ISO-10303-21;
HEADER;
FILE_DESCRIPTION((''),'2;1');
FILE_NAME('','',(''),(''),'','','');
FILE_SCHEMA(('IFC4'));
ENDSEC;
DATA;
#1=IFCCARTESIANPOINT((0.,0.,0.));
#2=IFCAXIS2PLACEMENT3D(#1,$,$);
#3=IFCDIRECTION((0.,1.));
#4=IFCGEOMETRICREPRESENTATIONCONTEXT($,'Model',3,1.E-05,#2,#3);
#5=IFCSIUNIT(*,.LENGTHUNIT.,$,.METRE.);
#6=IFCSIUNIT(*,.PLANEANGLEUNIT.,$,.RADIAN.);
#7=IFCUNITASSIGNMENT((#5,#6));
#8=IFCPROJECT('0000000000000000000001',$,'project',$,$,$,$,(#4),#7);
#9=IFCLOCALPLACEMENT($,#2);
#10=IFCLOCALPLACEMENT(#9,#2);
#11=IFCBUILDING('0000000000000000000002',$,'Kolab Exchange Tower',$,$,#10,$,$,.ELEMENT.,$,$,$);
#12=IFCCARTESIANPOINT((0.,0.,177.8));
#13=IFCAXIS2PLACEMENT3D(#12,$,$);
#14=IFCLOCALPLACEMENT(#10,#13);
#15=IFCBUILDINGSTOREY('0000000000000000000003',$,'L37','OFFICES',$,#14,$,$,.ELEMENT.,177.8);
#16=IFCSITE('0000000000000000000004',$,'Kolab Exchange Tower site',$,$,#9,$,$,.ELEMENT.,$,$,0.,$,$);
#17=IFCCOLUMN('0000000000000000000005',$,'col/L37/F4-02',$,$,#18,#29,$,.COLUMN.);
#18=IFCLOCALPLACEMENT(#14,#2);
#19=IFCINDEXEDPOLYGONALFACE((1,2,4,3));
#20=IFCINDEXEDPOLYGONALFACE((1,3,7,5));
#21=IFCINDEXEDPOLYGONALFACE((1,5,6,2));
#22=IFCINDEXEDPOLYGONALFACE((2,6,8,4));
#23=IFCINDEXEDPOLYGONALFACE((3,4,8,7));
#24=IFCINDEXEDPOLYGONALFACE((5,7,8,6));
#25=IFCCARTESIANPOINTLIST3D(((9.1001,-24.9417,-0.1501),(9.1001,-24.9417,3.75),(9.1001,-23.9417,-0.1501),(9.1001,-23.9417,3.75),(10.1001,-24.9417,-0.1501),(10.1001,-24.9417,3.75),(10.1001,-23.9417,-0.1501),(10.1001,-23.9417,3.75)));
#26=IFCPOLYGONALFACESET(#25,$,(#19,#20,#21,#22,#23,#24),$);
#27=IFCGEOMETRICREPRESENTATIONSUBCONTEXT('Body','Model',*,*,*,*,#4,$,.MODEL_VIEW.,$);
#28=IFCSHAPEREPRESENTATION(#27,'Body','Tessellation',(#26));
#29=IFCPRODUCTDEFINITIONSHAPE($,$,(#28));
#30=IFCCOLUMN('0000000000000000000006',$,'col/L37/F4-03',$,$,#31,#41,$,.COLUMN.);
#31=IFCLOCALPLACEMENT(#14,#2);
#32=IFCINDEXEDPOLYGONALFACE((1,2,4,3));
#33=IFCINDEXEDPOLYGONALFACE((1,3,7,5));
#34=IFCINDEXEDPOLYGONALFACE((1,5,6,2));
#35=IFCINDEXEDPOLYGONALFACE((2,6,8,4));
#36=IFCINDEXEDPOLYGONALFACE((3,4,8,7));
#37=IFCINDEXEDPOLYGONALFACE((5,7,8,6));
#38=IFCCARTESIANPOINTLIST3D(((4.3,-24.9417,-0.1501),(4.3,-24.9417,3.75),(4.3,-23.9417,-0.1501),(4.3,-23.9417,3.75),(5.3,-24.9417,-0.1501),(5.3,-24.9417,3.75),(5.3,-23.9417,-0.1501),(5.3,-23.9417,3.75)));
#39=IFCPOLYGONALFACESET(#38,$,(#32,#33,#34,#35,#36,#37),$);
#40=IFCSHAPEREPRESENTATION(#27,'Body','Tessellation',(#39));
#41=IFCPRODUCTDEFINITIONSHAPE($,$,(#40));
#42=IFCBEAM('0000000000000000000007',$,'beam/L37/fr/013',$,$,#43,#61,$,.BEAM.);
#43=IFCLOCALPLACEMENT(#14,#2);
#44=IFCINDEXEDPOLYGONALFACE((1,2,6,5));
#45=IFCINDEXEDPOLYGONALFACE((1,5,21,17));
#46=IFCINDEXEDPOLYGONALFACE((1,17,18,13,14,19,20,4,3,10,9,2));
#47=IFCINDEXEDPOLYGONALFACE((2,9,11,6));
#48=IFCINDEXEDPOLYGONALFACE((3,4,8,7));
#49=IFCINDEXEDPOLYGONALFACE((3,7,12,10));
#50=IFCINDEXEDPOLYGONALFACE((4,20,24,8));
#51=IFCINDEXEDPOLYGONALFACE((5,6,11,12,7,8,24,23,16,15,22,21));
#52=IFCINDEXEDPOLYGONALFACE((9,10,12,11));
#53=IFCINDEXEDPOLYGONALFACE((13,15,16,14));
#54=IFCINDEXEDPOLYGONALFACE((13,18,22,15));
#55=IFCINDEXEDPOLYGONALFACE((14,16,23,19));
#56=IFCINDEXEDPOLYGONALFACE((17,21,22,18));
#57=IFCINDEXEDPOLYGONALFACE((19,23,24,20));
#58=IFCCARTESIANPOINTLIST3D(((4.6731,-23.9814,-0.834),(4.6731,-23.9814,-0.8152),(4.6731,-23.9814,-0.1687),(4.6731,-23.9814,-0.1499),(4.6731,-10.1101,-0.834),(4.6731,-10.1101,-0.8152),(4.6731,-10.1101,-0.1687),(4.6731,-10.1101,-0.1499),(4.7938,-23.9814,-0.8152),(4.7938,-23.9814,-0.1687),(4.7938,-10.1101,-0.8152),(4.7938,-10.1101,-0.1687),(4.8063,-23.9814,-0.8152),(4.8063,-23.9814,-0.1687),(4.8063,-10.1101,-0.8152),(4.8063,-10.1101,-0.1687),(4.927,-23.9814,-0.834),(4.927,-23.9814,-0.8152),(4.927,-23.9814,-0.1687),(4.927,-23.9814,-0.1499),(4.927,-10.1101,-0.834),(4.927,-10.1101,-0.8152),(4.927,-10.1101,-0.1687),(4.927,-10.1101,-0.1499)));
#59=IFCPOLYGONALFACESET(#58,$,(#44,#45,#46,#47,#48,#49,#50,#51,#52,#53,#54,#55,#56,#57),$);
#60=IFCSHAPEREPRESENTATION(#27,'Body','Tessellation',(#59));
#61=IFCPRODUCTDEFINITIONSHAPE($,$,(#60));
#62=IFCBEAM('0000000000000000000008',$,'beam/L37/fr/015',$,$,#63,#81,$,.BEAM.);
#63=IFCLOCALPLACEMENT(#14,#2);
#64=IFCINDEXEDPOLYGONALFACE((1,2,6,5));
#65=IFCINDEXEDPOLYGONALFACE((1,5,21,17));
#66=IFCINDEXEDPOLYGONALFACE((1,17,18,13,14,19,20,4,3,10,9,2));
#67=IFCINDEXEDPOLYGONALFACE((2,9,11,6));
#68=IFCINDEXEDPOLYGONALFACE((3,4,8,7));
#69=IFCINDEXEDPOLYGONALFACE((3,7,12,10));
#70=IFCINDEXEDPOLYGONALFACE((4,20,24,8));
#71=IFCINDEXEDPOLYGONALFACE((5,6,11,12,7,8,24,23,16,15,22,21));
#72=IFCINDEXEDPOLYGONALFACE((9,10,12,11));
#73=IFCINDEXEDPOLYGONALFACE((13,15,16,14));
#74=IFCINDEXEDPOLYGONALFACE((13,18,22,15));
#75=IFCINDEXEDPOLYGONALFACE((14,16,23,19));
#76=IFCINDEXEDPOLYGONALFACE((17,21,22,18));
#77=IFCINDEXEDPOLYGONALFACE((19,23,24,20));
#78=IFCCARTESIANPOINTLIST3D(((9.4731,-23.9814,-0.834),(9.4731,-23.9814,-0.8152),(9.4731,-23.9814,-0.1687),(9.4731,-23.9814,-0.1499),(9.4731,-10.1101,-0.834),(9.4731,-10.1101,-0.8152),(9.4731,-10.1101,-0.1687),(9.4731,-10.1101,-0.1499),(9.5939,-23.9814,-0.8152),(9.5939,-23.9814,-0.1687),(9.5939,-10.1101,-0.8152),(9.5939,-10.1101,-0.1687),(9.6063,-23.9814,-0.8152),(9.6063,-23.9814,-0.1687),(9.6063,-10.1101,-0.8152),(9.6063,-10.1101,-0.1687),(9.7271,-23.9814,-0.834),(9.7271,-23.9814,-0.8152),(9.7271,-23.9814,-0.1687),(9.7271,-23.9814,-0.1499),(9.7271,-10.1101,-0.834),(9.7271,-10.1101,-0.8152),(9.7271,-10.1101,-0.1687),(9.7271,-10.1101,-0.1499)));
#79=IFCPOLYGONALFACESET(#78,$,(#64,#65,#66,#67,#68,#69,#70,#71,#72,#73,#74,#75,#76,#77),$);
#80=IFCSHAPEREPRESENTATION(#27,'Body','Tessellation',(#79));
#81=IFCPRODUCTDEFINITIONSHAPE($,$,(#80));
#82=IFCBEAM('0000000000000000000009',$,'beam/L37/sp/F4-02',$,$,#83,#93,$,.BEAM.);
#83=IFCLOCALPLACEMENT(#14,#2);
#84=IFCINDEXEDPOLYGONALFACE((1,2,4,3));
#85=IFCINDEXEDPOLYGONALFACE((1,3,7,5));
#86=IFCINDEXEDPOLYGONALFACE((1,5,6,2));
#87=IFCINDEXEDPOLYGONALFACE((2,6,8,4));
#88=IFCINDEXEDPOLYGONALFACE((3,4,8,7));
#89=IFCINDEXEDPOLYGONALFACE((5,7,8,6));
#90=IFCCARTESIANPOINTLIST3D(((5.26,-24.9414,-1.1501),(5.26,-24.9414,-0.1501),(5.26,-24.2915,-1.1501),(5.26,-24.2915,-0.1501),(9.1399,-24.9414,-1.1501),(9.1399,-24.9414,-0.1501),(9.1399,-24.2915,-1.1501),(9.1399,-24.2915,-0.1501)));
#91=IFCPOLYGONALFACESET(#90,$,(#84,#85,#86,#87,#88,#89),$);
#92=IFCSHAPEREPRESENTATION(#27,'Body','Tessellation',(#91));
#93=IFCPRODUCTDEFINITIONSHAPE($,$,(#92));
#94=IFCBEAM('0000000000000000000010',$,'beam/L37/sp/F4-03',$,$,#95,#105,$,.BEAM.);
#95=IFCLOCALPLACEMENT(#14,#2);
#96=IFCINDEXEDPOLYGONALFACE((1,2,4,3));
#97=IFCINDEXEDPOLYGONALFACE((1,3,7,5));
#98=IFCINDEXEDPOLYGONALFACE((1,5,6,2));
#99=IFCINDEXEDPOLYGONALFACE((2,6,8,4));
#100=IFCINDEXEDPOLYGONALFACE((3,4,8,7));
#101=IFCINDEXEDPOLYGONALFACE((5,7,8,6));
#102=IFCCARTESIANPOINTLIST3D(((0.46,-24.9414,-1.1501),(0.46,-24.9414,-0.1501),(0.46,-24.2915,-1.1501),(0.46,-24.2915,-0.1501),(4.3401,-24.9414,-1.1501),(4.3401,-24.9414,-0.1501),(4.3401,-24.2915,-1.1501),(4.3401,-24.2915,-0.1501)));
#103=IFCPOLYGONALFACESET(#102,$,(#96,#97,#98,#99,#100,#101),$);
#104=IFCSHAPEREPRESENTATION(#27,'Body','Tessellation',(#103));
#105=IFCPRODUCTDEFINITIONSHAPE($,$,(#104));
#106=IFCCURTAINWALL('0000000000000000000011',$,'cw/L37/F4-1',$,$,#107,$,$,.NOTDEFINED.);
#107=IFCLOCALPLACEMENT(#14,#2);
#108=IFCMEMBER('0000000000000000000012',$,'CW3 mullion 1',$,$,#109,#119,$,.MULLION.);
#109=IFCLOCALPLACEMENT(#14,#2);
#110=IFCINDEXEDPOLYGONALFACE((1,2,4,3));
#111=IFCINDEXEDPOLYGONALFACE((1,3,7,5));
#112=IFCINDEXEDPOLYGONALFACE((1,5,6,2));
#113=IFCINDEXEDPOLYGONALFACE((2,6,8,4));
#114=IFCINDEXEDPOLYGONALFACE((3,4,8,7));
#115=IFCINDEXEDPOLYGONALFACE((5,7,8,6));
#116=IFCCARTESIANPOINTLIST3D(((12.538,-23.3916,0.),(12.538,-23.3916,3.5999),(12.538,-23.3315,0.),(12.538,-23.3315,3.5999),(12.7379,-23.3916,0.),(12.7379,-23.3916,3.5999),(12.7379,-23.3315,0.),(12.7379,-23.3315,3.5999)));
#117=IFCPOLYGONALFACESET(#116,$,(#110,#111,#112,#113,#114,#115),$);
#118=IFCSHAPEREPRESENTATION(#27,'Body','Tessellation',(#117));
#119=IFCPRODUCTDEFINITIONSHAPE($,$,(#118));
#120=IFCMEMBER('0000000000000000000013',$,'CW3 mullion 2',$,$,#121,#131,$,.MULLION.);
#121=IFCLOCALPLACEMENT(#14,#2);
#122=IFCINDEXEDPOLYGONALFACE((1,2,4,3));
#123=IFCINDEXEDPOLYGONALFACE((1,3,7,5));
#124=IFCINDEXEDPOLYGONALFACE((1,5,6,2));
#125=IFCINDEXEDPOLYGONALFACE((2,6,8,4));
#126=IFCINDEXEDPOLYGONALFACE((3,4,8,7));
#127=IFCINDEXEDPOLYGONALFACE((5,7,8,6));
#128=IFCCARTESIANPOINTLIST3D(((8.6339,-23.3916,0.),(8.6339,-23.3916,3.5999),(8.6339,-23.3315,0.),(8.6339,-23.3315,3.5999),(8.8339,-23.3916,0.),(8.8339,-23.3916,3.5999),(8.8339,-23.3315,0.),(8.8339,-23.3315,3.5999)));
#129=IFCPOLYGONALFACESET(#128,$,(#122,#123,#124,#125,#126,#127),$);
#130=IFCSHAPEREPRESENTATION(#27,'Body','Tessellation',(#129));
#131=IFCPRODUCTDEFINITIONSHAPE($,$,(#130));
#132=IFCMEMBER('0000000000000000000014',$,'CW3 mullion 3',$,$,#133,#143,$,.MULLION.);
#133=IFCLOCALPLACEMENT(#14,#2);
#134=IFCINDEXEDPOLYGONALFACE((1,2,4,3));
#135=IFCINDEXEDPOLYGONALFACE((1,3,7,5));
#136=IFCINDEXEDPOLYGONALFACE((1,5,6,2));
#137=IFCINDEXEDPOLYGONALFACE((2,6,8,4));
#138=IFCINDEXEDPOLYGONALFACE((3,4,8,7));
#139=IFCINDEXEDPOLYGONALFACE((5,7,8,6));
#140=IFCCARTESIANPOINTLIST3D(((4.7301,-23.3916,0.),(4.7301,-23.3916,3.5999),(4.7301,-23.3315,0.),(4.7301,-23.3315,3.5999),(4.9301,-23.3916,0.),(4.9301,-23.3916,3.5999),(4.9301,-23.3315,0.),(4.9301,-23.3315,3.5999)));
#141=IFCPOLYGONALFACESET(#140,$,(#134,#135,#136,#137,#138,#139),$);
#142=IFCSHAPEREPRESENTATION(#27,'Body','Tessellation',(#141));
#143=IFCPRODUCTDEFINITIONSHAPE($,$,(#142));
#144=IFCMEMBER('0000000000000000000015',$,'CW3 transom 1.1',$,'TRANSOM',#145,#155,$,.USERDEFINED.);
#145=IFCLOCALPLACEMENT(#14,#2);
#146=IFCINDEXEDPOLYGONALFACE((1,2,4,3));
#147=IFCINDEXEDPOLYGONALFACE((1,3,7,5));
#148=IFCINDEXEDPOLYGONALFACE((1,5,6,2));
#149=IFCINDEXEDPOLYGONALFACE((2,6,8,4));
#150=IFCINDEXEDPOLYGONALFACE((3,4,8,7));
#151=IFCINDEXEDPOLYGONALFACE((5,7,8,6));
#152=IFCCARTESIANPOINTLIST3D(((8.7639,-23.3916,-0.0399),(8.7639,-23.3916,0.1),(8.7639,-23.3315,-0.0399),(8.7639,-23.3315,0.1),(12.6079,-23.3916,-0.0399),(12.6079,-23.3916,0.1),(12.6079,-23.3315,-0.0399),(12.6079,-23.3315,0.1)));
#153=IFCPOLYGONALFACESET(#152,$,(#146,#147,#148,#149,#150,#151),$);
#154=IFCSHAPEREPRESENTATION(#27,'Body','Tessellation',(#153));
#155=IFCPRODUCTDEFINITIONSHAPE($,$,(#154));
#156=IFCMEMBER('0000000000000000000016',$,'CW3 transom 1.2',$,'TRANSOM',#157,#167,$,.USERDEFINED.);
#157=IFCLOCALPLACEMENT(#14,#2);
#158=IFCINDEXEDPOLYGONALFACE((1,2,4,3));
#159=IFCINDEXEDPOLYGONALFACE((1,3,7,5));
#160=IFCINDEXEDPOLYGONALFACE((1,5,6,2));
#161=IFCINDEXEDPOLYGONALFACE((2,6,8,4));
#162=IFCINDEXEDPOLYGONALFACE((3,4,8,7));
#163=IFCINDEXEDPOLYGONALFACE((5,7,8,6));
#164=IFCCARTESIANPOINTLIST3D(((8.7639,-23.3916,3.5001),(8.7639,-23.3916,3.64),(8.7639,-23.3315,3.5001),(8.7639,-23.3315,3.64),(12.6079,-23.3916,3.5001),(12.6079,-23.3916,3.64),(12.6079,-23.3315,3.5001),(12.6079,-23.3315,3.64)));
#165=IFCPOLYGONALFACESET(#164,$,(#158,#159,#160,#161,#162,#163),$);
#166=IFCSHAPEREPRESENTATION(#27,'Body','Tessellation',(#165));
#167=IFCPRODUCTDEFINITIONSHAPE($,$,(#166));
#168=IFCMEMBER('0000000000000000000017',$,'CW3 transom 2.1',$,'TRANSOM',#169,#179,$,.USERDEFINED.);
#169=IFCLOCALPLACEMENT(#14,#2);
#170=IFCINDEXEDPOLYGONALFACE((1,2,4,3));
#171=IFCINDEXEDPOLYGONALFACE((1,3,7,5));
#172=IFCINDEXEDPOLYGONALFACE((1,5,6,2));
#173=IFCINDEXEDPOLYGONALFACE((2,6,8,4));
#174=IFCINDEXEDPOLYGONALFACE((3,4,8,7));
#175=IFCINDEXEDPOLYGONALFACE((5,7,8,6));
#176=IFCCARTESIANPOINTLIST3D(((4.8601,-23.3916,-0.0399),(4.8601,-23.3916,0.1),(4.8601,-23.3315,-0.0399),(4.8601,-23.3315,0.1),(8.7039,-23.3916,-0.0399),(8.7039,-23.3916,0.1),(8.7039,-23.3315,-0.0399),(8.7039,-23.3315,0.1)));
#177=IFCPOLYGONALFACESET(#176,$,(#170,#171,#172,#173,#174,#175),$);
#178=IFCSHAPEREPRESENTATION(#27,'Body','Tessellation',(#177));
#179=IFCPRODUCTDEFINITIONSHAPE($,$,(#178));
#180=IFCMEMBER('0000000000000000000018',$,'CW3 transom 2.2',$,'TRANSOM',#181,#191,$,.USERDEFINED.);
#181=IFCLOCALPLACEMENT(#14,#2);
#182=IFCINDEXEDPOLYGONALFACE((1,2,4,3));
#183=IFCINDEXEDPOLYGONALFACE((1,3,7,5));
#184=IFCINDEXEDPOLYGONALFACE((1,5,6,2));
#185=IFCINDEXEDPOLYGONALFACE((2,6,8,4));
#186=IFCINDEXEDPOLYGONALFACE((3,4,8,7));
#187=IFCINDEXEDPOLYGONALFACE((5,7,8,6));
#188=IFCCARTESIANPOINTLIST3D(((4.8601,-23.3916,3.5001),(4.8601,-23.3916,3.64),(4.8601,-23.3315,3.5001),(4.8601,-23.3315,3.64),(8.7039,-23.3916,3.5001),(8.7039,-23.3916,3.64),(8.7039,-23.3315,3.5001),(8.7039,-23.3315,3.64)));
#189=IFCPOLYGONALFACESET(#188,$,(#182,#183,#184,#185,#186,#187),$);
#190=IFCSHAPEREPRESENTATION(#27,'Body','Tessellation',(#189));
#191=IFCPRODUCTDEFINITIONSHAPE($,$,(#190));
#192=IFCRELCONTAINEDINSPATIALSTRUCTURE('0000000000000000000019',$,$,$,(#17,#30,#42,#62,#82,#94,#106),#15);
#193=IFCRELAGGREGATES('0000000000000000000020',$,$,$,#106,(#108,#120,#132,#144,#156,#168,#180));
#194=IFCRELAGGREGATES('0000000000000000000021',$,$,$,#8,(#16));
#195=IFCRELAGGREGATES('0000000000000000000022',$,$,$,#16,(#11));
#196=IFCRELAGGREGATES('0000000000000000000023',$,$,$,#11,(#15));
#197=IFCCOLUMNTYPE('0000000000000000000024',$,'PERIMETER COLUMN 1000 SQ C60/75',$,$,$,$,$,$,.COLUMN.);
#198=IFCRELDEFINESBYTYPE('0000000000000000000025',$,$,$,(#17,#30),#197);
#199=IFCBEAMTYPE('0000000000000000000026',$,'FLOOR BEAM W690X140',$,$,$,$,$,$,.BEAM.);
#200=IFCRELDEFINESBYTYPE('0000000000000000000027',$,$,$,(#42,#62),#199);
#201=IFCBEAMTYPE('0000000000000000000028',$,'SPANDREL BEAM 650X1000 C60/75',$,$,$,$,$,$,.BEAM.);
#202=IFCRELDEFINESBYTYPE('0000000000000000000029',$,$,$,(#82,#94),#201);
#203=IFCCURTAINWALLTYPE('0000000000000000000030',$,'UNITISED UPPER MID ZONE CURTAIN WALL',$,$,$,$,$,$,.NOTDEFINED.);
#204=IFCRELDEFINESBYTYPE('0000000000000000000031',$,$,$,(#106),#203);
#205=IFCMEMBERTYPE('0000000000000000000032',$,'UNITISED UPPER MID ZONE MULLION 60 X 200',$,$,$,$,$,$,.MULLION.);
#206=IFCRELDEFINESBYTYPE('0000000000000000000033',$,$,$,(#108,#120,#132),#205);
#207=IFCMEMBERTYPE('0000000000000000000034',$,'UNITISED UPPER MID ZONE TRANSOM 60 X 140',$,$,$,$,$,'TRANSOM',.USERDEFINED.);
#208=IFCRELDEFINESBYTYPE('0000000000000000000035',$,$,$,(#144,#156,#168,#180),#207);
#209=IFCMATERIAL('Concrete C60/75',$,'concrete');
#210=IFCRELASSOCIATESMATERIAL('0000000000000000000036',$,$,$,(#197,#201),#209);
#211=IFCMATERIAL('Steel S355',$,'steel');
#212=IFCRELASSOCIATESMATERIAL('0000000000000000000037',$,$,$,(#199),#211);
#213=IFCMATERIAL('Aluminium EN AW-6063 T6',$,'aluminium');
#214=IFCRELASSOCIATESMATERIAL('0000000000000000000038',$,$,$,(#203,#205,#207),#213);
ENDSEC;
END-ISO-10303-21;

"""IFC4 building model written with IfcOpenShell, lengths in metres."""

from ifc_helpers import new_model, si_unit, direction, frame, origin, origin_2d, place, context, subcontext, project, spatial, rectangle, i_section, extrude, material, material_profile, profile_set, type_object, element, aggregate, save


model = new_model("IFC4")

# Units and contexts
model_context = context("Model", 3, precision=1e-05, world=origin(), true_north=direction((0.0, 1.0)))
body_context = subcontext(model_context, "Body", "Model", "MODEL_VIEW")
ifc_project = project(units=[si_unit("LENGTHUNIT", "METRE"), si_unit("PLANEANGLEUNIT", "RADIAN")], contexts=[model_context])

# Site, building, storey
site_placement = place(None, origin())
site = spatial("IfcSite", under=ifc_project, at=site_placement, Name="Kolab Exchange Tower site", CompositionType="ELEMENT", RefElevation=0.0)
building_placement = place(site_placement, origin())
building = spatial("IfcBuilding", under=site, at=building_placement, Name="Kolab Exchange Tower", CompositionType="ELEMENT")
storey_placement = place(building_placement, frame((0.0, 0.0, 177.8)))
storey = spatial("IfcBuildingStorey", under=building, at=storey_placement, Name="L37", Description="OFFICES", CompositionType="ELEMENT", Elevation=177.8)

# Columns
ifc_material_1 = material(Name="Concrete C60/75", Category="concrete")
ifc_material_profile_1 = material_profile(ifc_material_1, rectangle(XDim=1.0, YDim=1.0, at=origin_2d()), Name="RC1000")
ifc_profile_set_1 = profile_set([ifc_material_profile_1], Name="Concrete C60/75")
column_type = type_object("IfcColumnType", Name="PERIMETER COLUMN 1000 SQ C60/75", PredefinedType="COLUMN", material=ifc_profile_set_1)
for number, where, z_axis, x_axis, name in (
    (1, (9.6001, -24.4417, -0.1501), (0.0, 0.0, 1.0), (1.0, 0.0, 0.0), "col/L37/F4-02"),
    (2, (4.8, -24.4417, -0.1501), (0.0, 0.0, 1.0), (1.0, 0.0, 0.0), "col/L37/F4-03"),
):
    element("IfcColumn", number, at=place(storey_placement, frame(where, z_axis=z_axis, x_axis=x_axis)), inside=storey, type_object=column_type, Name=name, PredefinedType="COLUMN", context=body_context, shape_type="SweptSolid", body=[
        extrude(rectangle(XDim=1.0, YDim=1.0, at=origin_2d()), origin(), (0.0, 0.0, 1.0), 3.9001),
    ])

# Beams
ifc_material_2 = material(Name="Steel S355", Category="steel")
ifc_material_profile_2 = material_profile(ifc_material_2, i_section(OverallWidth=0.2539, OverallDepth=0.6841, WebThickness=0.0125, FlangeThickness=0.0188, at=origin_2d()), Name="W690X140")
ifc_profile_set_2 = profile_set([ifc_material_profile_2], Name="Steel S355")
beam_type_1 = type_object("IfcBeamType", Name="FLOOR BEAM W690X140", PredefinedType="BEAM", material=ifc_profile_set_2)
for number, where, z_axis, x_axis, name in (
    (3, (4.8, -23.9814, -0.4919), (0.0, 1.0, 0.0), (-1.0, 0.0, 0.0), "beam/L37/fr/013"),
    (4, (9.6001, -23.9814, -0.4919), (0.0, 1.0, 0.0), (-1.0, 0.0, 0.0), "beam/L37/fr/015"),
):
    element("IfcBeam", number, at=place(storey_placement, frame(where, z_axis=z_axis, x_axis=x_axis)), inside=storey, type_object=beam_type_1, Name=name, PredefinedType="BEAM", context=body_context, shape_type="SweptSolid", body=[
        extrude(i_section(OverallWidth=0.2539, OverallDepth=0.6841, WebThickness=0.0125, FlangeThickness=0.0188, at=origin_2d()), origin(), (0.0, 0.0, 1.0), 13.8713),
    ])
ifc_material_profile_3 = material_profile(ifc_material_1, rectangle(XDim=0.6499, YDim=1.0, at=origin_2d()), Name="RC650X1000")
ifc_profile_set_3 = profile_set([ifc_material_profile_3], Name="Concrete C60/75")
beam_type_2 = type_object("IfcBeamType", Name="SPANDREL BEAM 650X1000 C60/75", PredefinedType="BEAM", material=ifc_profile_set_3)
beam_1_placement = place(storey_placement, frame((9.1399, -24.6165, -0.6501), z_axis=(-1.0, 0.0, 0.0), x_axis=(0.0, -1.0, 0.0)))
element("IfcBeam", 5, at=beam_1_placement, inside=storey, type_object=beam_type_2, Name="beam/L37/sp/F4-02", PredefinedType="BEAM", context=body_context, shape_type="SweptSolid", body=[
    extrude(rectangle(XDim=0.6499, YDim=1.0, at=origin_2d()), origin(), (0.0, 0.0, 1.0), 3.8799),
])
beam_2_placement = place(storey_placement, frame((4.3401, -24.6165, -0.6501), z_axis=(-1.0, 0.0, 0.0), x_axis=(0.0, -1.0, 0.0)))
element("IfcBeam", 6, at=beam_2_placement, inside=storey, type_object=beam_type_2, Name="beam/L37/sp/F4-03", PredefinedType="BEAM", context=body_context, shape_type="SweptSolid", body=[
    extrude(rectangle(XDim=0.6499, YDim=1.0, at=origin_2d()), origin(), (0.0, 0.0, 1.0), 3.8801),
])

# Curtain wall, members
ifc_material_3 = material(Name="Aluminium EN AW-6063 T6", Category="aluminium")
curtain_wall_type = type_object("IfcCurtainWallType", Name="UNITISED UPPER MID ZONE CURTAIN WALL", PredefinedType="NOTDEFINED", material=ifc_material_3)
curtain_wall_placement = place(storey_placement, origin())
curtain_wall = element("IfcCurtainWall", 7, at=curtain_wall_placement, inside=storey, type_object=curtain_wall_type, Name="cw/L37/F4-1", PredefinedType="NOTDEFINED")
ifc_material_profile_4 = material_profile(ifc_material_3, rectangle(XDim=0.0601, YDim=0.2, at=origin_2d()), Name="RECT 60X200")
ifc_profile_set_4 = profile_set([ifc_material_profile_4], Name="Aluminium EN AW-6063 T6")
member_type_1 = type_object("IfcMemberType", Name="UNITISED UPPER MID ZONE MULLION 60 X 200", PredefinedType="MULLION", material=ifc_profile_set_4)
member_1_placement = place(storey_placement, frame((12.6379, -23.3616, 0.0), z_axis=(0.0, 0.0, 1.0), x_axis=(0.0, -1.0, 0.0)))
member_1 = element("IfcMember", 8, at=member_1_placement, type_object=member_type_1, Name="CW3 mullion 1", PredefinedType="MULLION", context=body_context, shape_type="SweptSolid", body=[
    extrude(rectangle(XDim=0.0601, YDim=0.2, at=origin_2d()), origin(), (0.0, 0.0, 1.0), 3.5999),
])
member_2_placement = place(storey_placement, frame((8.7339, -23.3616, 0.0), z_axis=(0.0, 0.0, 1.0), x_axis=(0.0, -1.0, 0.0)))
member_2 = element("IfcMember", 9, at=member_2_placement, type_object=member_type_1, Name="CW3 mullion 2", PredefinedType="MULLION", context=body_context, shape_type="SweptSolid", body=[
    extrude(rectangle(XDim=0.0601, YDim=0.2, at=origin_2d()), origin(), (0.0, 0.0, 1.0), 3.5999),
])
member_3_placement = place(storey_placement, frame((4.8301, -23.3616, 0.0), z_axis=(0.0, 0.0, 1.0), x_axis=(0.0, -1.0, 0.0)))
member_3 = element("IfcMember", 10, at=member_3_placement, type_object=member_type_1, Name="CW3 mullion 3", PredefinedType="MULLION", context=body_context, shape_type="SweptSolid", body=[
    extrude(rectangle(XDim=0.0601, YDim=0.2, at=origin_2d()), origin(), (0.0, 0.0, 1.0), 3.5999),
])
ifc_material_profile_5 = material_profile(ifc_material_3, rectangle(XDim=0.0601, YDim=0.1399, at=origin_2d()), Name="RECT 60X140")
ifc_profile_set_5 = profile_set([ifc_material_profile_5], Name="Aluminium EN AW-6063 T6")
member_type_2 = type_object("IfcMemberType", Name="UNITISED UPPER MID ZONE TRANSOM 60 X 140", ElementType="TRANSOM", PredefinedType="USERDEFINED", material=ifc_profile_set_5)
member_4_placement = place(storey_placement, frame((12.6079, -23.3616, 0.03), z_axis=(-1.0, 0.0, 0.0), x_axis=(0.0, -1.0, 0.0)))
member_4 = element("IfcMember", 11, at=member_4_placement, type_object=member_type_2, Name="CW3 transom 1.1", ObjectType="TRANSOM", PredefinedType="USERDEFINED", context=body_context, shape_type="SweptSolid", body=[
    extrude(rectangle(XDim=0.0601, YDim=0.1399, at=origin_2d()), origin(), (0.0, 0.0, 1.0), 3.844),
])
member_5_placement = place(storey_placement, frame((12.6079, -23.3616, 3.5701), z_axis=(-1.0, 0.0, 0.0), x_axis=(0.0, -1.0, 0.0)))
member_5 = element("IfcMember", 12, at=member_5_placement, type_object=member_type_2, Name="CW3 transom 1.2", ObjectType="TRANSOM", PredefinedType="USERDEFINED", context=body_context, shape_type="SweptSolid", body=[
    extrude(rectangle(XDim=0.0601, YDim=0.1399, at=origin_2d()), origin(), (0.0, 0.0, 1.0), 3.844),
])
member_6_placement = place(storey_placement, frame((8.7039, -23.3616, 0.03), z_axis=(-1.0, 0.0, 0.0), x_axis=(0.0, -1.0, 0.0)))
member_6 = element("IfcMember", 13, at=member_6_placement, type_object=member_type_2, Name="CW3 transom 2.1", ObjectType="TRANSOM", PredefinedType="USERDEFINED", context=body_context, shape_type="SweptSolid", body=[
    extrude(rectangle(XDim=0.0601, YDim=0.1399, at=origin_2d()), origin(), (0.0, 0.0, 1.0), 3.8438),
])
member_7_placement = place(storey_placement, frame((8.7039, -23.3616, 3.5701), z_axis=(-1.0, 0.0, 0.0), x_axis=(0.0, -1.0, 0.0)))
member_7 = element("IfcMember", 14, at=member_7_placement, type_object=member_type_2, Name="CW3 transom 2.2", ObjectType="TRANSOM", PredefinedType="USERDEFINED", context=body_context, shape_type="SweptSolid", body=[
    extrude(rectangle(XDim=0.0601, YDim=0.1399, at=origin_2d()), origin(), (0.0, 0.0, 1.0), 3.8438),
])

aggregate(curtain_wall, [member_1, member_2, member_3, member_4, member_5, member_6, member_7])

save(model, "model.ifc")
